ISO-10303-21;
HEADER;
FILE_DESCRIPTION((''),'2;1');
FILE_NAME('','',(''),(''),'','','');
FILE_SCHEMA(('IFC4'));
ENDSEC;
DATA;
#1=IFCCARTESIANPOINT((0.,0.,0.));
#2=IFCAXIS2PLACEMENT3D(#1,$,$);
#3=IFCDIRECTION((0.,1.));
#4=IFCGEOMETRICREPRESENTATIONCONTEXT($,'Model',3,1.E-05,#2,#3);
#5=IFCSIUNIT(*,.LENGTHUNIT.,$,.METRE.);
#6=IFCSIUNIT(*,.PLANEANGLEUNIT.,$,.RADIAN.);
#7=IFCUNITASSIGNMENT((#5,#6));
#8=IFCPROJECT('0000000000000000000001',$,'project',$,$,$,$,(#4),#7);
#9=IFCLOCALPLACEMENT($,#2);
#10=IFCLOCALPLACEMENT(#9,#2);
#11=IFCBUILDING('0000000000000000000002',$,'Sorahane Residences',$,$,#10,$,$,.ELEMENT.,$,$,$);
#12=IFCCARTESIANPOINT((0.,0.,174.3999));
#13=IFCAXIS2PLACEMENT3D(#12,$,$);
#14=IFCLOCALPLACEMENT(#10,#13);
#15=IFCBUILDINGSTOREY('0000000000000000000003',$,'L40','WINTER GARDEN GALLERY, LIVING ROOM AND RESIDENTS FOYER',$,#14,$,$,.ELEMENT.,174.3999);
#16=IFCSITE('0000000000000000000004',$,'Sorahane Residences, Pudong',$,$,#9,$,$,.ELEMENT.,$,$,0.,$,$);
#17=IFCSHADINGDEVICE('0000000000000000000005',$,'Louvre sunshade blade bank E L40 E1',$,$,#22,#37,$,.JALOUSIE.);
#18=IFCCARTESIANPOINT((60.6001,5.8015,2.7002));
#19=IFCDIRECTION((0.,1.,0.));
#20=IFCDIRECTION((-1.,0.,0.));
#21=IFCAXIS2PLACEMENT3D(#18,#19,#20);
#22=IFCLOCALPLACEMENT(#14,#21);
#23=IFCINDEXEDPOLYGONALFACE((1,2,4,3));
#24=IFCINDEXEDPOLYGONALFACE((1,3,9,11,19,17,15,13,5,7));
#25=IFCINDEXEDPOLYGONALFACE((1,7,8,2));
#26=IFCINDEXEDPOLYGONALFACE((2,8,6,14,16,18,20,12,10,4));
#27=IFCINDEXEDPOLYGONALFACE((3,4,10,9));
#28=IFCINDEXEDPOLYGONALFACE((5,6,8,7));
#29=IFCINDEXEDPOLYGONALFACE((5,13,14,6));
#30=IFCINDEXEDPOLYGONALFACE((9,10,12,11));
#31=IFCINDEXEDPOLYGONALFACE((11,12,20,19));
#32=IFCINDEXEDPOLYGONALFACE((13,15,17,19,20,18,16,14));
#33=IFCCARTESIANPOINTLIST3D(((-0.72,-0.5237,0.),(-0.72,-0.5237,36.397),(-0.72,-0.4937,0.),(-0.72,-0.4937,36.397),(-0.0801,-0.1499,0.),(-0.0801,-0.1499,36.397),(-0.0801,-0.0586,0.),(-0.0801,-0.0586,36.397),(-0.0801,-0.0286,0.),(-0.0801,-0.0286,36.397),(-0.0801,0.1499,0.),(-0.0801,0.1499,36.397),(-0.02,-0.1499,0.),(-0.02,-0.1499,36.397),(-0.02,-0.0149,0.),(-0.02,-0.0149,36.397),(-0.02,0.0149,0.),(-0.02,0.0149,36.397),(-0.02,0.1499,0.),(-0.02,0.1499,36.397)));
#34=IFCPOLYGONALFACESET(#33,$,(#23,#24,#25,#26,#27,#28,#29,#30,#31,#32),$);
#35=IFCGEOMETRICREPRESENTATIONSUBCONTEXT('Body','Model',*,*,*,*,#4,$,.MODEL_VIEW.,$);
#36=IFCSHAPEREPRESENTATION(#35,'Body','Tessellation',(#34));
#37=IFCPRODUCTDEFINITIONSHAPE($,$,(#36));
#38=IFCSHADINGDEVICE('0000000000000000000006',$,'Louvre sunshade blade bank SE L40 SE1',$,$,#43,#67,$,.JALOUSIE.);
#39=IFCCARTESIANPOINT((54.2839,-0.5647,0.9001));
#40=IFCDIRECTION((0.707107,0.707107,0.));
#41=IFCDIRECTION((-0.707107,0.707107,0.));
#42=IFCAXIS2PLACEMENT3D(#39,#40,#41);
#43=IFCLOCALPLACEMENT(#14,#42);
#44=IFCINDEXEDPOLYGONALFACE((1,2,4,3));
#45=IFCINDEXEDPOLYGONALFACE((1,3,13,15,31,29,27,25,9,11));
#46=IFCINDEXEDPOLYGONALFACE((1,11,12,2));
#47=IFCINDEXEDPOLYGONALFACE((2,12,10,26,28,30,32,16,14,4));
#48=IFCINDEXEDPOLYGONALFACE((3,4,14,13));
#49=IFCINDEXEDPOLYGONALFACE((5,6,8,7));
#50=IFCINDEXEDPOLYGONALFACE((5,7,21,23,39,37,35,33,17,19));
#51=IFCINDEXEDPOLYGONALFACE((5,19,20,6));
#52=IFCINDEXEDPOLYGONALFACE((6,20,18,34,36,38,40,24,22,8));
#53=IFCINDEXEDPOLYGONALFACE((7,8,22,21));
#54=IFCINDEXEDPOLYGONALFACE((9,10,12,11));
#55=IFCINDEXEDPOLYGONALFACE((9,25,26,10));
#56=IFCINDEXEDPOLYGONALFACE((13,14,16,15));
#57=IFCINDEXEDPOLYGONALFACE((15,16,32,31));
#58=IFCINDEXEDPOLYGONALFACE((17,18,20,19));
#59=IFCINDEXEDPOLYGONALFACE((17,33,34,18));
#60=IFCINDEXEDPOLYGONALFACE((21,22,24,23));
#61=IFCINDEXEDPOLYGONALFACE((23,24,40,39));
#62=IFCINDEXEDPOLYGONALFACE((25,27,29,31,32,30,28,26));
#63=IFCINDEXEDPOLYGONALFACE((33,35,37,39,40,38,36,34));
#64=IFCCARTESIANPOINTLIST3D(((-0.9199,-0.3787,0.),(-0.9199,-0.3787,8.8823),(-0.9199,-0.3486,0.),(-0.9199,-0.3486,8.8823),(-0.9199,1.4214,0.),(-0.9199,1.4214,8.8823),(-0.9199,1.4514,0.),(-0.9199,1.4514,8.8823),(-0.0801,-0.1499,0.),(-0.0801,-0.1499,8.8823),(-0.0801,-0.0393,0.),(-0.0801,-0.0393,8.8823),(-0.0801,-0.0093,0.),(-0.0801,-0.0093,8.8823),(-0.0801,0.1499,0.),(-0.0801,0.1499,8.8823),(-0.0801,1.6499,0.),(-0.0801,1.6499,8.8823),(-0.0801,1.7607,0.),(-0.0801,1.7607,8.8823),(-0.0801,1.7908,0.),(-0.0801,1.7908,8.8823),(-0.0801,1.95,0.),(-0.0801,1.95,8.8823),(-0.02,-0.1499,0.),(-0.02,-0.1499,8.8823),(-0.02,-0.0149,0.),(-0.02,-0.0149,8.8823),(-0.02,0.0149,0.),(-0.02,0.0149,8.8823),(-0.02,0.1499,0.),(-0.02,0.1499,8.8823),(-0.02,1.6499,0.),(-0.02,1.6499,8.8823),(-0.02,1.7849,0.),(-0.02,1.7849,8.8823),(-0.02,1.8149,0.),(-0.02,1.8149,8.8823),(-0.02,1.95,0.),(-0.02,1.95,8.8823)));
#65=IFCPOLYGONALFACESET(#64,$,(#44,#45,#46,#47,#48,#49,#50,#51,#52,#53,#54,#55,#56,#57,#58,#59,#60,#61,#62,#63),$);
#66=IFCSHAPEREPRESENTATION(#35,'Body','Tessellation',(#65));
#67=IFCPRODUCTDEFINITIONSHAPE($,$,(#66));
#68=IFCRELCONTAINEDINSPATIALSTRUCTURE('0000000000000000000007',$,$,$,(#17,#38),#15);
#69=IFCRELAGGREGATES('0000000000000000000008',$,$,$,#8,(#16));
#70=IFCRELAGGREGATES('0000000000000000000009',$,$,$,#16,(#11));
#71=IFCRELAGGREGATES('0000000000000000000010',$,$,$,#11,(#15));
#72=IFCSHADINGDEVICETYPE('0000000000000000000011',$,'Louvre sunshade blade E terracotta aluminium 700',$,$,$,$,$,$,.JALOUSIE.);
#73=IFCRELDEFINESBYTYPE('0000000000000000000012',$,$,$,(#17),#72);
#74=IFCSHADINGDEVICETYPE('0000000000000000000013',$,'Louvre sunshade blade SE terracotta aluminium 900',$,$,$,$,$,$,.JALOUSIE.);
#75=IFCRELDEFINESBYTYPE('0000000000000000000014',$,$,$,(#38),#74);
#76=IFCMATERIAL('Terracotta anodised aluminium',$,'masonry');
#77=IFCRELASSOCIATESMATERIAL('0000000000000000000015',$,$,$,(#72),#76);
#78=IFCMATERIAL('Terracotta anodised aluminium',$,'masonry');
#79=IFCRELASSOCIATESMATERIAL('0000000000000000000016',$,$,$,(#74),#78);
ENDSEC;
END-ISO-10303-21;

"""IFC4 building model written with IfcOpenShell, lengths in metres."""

from ifc_helpers import new_model, si_unit, direction, frame, origin, place, context, subcontext, project, spatial, polyline, outline, composite_profile, extrude, material, type_object, element, save


model = new_model("IFC4")

# Units and contexts
model_context = context("Model", 3, precision=1e-05, world=origin(), true_north=direction((0.0, 1.0)))
body_context = subcontext(model_context, "Body", "Model", "MODEL_VIEW")
ifc_project = project(units=[si_unit("LENGTHUNIT", "METRE"), si_unit("PLANEANGLEUNIT", "RADIAN")], contexts=[model_context])

# Site, building, storey
site_placement = place(None, origin())
site = spatial("IfcSite", under=ifc_project, at=site_placement, Name="Sorahane Residences, Pudong", CompositionType="ELEMENT", RefElevation=0.0)
building_placement = place(site_placement, origin())
building = spatial("IfcBuilding", under=site, at=building_placement, Name="Sorahane Residences", CompositionType="ELEMENT")
storey_placement = place(building_placement, frame((0.0, 0.0, 174.3999)))
storey = spatial("IfcBuildingStorey", under=building, at=storey_placement, Name="L40", Description="WINTER GARDEN GALLERY, LIVING ROOM AND RESIDENTS FOYER", CompositionType="ELEMENT", Elevation=174.3999)

# Shading devices
ifc_material_1 = material(Name="Terracotta anodised aluminium", Category="masonry")
shading_device_type_1 = type_object("IfcShadingDeviceType", Name="Louvre sunshade blade E terracotta aluminium 700", PredefinedType="JALOUSIE", material=ifc_material_1)
shading_device_1_placement = place(storey_placement, frame((60.6001, 5.8015, 2.7002), z_axis=(0.0, 1.0, 0.0), x_axis=(-1.0, 0.0, 0.0)))
element("IfcShadingDevice", 1, at=shading_device_1_placement, inside=storey, type_object=shading_device_type_1, Name="Louvre sunshade blade bank E L40 E1", PredefinedType="JALOUSIE", context=body_context, shape_type="SweptSolid", body=[
    extrude(outline(polyline([(-0.72, -0.4937), (-0.72, -0.5237), (-0.0801, -0.0586), (-0.0801, -0.1499), (-0.02, -0.1499), (-0.02, -0.0149), (-0.02, 0.0149), (-0.02, 0.1499), (-0.0801, 0.1499), (-0.0801, -0.0286), (-0.72, -0.4937)])), origin(), (0.0, 0.0, 1.0), 36.397),
])
ifc_material_2 = material(Name="Terracotta anodised aluminium", Category="masonry")
shading_device_type_2 = type_object("IfcShadingDeviceType", Name="Louvre sunshade blade SE terracotta aluminium 900", PredefinedType="JALOUSIE", material=ifc_material_2)
shading_device_2_placement = place(storey_placement, frame((54.2839, -0.5647, 0.9001), z_axis=(0.707107, 0.707107, 0.0), x_axis=(-0.707107, 0.707107, 0.0)))
element("IfcShadingDevice", 2, at=shading_device_2_placement, inside=storey, type_object=shading_device_type_2, Name="Louvre sunshade blade bank SE L40 SE1", PredefinedType="JALOUSIE", context=body_context, shape_type="SweptSolid", body=[
    extrude(composite_profile([outline(polyline([(-0.9199, -0.3486), (-0.9199, -0.3787), (-0.0801, -0.0393), (-0.0801, -0.1499), (-0.02, -0.1499), (-0.02, -0.0149), (-0.02, 0.0149), (-0.02, 0.1499), (-0.0801, 0.1499), (-0.0801, -0.0093), (-0.9199, -0.3486)])), outline(polyline([(-0.9199, 1.4514), (-0.9199, 1.4214), (-0.0801, 1.7607), (-0.0801, 1.6499), (-0.02, 1.6499), (-0.02, 1.7849), (-0.02, 1.8149), (-0.02, 1.95), (-0.0801, 1.95), (-0.0801, 1.7908), (-0.9199, 1.4514)]))]), origin(), (0.0, 0.0, 1.0), 8.8823),
])

save(model, "model.ifc")
